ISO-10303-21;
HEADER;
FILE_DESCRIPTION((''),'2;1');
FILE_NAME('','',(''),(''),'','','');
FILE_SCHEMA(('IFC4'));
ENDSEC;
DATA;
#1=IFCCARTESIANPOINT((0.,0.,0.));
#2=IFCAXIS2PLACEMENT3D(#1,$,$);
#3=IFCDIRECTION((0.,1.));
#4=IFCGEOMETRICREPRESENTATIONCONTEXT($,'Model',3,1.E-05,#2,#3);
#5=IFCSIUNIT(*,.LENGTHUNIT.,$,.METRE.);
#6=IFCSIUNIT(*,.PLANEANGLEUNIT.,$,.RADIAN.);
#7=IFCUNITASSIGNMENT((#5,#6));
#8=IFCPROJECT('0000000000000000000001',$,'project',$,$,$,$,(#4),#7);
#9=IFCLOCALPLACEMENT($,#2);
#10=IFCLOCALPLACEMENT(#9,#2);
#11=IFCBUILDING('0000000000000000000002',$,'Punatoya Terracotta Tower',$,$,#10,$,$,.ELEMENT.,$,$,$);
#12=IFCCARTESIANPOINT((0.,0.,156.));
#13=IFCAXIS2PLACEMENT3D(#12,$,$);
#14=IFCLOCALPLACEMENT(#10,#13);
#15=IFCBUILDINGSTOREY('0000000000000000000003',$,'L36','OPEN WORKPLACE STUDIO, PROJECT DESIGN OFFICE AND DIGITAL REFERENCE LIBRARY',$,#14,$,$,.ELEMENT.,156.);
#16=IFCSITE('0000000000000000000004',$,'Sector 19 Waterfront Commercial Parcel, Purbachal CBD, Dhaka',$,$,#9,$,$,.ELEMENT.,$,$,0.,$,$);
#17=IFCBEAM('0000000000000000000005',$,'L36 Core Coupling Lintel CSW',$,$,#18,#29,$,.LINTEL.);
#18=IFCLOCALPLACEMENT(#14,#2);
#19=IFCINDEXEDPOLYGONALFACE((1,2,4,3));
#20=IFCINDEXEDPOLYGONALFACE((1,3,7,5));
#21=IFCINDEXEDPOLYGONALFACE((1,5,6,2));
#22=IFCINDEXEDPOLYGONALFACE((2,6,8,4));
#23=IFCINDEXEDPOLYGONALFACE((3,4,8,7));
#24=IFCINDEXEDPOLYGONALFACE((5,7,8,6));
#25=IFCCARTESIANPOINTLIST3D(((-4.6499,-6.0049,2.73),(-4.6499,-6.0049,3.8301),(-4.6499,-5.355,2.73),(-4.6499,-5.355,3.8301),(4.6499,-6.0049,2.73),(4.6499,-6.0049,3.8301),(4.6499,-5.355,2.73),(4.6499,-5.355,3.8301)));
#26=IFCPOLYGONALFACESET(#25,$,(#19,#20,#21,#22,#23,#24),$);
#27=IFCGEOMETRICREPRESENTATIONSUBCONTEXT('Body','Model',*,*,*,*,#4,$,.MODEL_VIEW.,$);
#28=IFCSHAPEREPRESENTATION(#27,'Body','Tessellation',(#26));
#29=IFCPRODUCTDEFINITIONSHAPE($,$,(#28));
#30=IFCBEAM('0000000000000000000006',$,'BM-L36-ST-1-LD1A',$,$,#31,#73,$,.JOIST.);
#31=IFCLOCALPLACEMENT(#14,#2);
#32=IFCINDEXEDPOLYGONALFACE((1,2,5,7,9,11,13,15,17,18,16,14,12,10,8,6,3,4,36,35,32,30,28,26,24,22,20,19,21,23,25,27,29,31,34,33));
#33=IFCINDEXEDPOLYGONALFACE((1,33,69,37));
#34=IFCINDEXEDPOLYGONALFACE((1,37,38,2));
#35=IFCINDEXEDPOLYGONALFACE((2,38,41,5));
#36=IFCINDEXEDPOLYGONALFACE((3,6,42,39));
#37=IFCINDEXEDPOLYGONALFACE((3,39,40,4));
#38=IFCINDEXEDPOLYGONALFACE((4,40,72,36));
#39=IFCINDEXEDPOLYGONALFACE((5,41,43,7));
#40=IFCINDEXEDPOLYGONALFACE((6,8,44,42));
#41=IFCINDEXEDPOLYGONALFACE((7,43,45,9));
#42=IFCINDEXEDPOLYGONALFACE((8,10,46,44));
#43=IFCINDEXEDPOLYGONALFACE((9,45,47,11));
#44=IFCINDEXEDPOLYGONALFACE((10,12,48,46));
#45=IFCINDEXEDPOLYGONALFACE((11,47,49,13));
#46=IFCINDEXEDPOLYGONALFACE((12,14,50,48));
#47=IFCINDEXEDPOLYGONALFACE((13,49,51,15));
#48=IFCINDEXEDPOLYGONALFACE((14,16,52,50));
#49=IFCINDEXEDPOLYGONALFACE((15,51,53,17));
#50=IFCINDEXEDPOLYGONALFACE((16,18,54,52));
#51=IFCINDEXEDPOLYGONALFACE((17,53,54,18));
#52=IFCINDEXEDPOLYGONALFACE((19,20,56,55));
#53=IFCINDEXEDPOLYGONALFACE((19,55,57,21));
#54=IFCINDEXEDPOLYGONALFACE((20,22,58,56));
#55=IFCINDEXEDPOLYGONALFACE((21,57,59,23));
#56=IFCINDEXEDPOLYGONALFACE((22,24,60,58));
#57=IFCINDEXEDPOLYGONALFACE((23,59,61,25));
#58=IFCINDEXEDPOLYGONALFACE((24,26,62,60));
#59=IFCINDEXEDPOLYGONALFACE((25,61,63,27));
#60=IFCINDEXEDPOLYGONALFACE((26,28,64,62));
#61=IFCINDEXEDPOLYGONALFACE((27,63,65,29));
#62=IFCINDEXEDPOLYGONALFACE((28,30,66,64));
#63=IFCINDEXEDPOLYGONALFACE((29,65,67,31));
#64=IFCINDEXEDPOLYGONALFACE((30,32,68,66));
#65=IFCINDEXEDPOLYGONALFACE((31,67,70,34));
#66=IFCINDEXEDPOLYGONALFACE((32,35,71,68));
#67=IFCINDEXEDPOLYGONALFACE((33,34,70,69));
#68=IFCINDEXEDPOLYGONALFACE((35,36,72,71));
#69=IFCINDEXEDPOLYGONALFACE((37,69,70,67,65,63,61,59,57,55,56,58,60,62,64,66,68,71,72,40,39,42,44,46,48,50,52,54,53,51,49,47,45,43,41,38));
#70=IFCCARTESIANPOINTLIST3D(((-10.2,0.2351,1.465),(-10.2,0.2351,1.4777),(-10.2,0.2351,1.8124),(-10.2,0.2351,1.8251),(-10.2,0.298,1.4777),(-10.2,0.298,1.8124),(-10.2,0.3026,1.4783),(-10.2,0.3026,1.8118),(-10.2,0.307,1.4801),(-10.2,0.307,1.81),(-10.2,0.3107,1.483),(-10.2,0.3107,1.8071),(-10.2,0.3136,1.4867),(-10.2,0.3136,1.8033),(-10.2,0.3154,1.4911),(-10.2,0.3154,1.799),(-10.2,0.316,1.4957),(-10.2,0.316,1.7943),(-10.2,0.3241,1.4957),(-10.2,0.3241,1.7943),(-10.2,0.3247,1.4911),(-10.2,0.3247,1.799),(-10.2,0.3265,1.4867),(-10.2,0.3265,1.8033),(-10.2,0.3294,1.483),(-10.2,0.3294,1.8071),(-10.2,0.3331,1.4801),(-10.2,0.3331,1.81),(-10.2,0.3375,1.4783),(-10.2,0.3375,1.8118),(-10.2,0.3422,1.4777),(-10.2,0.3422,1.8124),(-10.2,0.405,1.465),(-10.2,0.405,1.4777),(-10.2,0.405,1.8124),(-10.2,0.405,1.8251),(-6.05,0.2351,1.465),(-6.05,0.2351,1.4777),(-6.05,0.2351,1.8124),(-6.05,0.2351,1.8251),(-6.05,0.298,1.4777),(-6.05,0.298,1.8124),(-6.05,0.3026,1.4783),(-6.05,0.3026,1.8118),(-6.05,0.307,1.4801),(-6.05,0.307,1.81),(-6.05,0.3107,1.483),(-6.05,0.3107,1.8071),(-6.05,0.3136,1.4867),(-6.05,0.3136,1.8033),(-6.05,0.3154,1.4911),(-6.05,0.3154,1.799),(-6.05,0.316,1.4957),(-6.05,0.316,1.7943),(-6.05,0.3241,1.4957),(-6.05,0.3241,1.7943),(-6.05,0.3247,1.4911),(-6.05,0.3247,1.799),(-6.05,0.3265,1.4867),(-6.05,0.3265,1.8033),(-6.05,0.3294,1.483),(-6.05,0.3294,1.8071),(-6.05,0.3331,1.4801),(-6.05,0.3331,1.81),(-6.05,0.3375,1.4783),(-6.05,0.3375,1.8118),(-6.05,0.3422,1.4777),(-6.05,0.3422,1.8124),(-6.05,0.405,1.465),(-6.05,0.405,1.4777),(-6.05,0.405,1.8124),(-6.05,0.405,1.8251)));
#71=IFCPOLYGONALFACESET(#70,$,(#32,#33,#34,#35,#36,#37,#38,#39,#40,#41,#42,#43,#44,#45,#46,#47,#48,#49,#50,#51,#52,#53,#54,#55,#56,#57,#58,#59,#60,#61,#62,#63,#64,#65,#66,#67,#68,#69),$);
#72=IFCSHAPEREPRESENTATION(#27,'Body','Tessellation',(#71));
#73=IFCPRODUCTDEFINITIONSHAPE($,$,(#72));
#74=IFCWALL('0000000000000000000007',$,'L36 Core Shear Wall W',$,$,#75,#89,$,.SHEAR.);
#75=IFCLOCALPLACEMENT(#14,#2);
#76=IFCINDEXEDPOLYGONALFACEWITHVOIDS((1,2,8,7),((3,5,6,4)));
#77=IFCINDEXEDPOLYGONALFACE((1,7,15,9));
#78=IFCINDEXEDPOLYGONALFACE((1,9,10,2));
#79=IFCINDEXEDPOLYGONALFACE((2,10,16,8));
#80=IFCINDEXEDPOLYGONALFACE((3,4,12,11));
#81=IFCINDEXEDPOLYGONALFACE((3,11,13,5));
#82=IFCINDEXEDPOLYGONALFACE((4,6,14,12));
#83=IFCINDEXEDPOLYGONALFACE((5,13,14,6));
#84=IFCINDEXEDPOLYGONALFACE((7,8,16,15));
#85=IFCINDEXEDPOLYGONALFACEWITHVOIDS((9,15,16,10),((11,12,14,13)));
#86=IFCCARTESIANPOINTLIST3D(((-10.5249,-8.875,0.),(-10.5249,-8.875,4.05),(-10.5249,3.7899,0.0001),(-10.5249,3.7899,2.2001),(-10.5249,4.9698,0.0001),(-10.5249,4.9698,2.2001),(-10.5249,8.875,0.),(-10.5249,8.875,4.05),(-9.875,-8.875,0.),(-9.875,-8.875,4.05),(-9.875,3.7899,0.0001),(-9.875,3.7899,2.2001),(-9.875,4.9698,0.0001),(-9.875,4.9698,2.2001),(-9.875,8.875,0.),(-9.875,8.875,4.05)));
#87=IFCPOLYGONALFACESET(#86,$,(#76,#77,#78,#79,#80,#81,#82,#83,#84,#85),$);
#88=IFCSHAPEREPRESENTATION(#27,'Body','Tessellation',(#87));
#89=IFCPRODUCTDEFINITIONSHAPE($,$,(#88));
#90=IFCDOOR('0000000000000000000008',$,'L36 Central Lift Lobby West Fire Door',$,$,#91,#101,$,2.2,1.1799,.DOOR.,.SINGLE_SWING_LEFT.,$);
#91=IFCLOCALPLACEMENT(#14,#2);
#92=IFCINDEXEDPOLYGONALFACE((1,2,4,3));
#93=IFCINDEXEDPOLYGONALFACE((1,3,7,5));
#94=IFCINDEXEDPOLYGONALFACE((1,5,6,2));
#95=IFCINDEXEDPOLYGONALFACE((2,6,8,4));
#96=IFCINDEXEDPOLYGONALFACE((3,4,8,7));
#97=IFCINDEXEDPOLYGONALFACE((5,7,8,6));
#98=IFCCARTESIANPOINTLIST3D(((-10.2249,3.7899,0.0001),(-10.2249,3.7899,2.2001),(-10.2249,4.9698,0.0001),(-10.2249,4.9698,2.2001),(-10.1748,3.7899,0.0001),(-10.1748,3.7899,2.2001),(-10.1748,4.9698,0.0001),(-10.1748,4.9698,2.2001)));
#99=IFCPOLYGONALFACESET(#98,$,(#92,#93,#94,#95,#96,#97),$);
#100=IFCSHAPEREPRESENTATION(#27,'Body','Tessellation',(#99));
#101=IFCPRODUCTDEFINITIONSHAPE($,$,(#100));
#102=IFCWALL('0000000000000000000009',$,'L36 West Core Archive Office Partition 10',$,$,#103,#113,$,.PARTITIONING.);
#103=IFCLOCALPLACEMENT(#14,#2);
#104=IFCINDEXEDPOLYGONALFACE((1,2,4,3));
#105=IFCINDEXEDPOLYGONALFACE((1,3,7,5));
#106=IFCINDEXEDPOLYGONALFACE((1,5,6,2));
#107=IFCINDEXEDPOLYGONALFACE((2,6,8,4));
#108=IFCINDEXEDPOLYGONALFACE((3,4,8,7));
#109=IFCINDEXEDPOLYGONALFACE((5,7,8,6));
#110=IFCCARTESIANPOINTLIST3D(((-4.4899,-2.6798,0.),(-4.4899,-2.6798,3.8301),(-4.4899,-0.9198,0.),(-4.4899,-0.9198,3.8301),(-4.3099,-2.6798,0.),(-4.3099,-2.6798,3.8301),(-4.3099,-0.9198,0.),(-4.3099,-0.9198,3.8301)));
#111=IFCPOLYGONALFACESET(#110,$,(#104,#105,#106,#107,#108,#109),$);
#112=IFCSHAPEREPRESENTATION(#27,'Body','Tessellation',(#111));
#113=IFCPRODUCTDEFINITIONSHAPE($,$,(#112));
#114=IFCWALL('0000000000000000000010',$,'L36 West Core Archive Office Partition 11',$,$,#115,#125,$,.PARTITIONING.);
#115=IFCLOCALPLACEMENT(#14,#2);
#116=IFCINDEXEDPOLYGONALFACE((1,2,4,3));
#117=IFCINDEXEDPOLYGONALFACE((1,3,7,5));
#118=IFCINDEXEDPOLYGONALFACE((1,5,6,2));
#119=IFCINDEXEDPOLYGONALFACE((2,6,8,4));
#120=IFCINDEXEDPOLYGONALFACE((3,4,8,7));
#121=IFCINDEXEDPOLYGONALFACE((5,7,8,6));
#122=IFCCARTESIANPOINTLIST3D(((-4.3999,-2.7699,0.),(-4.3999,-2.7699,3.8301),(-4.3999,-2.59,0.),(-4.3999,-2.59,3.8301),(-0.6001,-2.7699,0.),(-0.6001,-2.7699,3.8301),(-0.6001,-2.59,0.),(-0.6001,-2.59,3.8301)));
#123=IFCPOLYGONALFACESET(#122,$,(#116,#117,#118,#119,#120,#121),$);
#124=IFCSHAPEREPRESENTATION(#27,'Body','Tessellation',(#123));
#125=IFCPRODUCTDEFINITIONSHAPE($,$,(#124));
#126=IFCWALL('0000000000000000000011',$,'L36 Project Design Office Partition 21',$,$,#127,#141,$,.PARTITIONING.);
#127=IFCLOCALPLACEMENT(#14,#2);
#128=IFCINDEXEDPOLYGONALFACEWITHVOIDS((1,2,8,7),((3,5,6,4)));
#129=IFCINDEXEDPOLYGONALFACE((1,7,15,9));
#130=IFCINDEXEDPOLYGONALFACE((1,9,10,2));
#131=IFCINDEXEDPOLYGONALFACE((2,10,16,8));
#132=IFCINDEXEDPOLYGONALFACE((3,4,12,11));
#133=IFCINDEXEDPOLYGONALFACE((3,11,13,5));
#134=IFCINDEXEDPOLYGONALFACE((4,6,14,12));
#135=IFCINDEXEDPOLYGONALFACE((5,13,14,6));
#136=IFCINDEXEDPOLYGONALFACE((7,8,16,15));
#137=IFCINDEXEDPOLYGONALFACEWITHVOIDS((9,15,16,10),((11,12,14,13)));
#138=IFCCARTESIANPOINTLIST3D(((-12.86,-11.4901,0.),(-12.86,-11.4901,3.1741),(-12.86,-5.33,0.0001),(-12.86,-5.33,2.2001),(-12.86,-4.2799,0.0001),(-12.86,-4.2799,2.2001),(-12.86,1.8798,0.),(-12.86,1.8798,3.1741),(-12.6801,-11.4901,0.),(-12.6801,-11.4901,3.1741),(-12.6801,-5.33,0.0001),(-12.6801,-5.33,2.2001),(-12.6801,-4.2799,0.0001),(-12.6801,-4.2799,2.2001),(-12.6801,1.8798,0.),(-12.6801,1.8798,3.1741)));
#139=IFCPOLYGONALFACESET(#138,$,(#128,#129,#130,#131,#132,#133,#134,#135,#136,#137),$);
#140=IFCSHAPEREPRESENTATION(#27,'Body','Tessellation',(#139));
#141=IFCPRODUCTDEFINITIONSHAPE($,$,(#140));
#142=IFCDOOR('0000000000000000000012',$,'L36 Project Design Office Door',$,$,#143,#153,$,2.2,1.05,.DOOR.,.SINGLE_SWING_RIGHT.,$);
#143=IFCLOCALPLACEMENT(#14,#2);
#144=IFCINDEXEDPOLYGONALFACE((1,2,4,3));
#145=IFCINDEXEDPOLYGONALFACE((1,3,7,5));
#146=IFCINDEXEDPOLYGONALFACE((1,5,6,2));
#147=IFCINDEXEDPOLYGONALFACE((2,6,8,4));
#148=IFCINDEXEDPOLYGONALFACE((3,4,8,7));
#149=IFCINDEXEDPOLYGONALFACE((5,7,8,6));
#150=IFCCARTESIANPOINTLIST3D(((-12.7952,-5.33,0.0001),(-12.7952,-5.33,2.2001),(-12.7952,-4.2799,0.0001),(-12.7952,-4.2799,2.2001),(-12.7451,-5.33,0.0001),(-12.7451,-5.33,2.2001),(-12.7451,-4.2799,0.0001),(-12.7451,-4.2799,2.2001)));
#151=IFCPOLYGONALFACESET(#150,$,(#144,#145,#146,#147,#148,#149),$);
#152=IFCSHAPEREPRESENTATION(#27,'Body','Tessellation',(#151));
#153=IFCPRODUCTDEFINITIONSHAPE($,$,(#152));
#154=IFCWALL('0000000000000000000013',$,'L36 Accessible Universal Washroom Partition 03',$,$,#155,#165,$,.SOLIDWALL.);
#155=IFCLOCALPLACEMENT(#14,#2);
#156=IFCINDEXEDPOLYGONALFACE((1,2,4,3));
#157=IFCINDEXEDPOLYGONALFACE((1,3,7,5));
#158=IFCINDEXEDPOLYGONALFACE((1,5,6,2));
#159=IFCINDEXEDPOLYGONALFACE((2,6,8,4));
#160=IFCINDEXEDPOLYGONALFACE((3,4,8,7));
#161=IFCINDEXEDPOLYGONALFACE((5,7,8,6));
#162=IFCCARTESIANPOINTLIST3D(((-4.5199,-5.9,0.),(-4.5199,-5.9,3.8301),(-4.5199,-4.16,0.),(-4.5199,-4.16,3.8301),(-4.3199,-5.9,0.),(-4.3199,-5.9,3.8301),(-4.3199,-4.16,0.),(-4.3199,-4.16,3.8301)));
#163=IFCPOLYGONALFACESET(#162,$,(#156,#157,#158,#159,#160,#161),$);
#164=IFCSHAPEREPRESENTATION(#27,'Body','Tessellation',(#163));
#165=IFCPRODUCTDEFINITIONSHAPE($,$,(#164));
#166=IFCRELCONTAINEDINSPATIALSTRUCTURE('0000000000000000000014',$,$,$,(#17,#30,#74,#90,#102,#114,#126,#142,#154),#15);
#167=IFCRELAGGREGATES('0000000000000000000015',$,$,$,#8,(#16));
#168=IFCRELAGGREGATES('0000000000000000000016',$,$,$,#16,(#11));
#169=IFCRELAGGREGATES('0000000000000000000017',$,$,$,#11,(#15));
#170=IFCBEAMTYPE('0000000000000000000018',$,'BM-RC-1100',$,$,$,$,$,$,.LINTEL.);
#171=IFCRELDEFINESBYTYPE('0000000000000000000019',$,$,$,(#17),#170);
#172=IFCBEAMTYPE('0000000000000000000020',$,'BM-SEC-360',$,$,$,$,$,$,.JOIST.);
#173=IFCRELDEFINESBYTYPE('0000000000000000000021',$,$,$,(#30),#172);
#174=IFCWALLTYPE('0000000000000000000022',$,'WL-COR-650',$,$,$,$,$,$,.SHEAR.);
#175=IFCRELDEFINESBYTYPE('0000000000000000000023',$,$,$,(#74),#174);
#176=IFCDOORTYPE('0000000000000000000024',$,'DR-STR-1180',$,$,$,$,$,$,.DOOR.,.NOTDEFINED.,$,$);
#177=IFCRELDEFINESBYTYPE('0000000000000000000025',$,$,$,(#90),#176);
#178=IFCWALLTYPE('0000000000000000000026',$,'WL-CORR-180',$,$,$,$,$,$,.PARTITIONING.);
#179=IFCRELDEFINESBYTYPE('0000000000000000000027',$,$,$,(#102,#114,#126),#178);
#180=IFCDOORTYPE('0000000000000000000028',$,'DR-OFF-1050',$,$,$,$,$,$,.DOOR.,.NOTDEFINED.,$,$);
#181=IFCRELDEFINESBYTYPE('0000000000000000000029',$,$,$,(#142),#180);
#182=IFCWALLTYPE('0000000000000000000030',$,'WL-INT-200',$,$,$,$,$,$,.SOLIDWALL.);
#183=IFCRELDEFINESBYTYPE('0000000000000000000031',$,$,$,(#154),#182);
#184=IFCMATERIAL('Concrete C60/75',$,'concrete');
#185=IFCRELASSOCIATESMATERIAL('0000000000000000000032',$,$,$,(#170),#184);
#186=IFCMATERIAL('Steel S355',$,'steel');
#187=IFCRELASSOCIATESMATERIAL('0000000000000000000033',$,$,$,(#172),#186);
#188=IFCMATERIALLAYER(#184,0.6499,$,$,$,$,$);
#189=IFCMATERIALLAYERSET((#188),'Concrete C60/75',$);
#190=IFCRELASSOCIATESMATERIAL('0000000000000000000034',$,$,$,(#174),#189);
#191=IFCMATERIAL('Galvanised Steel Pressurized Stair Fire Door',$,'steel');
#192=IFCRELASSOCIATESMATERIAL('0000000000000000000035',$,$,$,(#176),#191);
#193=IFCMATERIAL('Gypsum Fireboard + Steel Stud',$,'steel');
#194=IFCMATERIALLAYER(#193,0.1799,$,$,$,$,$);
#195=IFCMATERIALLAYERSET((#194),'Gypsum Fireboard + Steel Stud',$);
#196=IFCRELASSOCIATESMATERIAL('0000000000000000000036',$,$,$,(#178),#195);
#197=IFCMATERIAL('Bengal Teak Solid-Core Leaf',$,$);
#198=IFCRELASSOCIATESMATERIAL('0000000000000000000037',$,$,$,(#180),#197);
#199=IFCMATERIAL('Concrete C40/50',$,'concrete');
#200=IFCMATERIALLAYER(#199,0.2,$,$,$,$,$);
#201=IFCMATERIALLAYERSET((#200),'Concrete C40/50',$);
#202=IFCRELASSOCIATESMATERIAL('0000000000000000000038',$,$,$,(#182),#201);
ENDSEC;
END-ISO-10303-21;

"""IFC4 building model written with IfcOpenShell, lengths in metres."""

from ifc_helpers import new_model, si_unit, direction, frame, frame_2d, origin, origin_2d, place, context, subcontext, project, spatial, rectangle, i_section, extrude, material, layer, layer_set, material_profile, profile_set, type_object, element, fill, save


model = new_model("IFC4")

# Units and contexts
model_context = context("Model", 3, precision=1e-05, world=origin(), true_north=direction((0.0, 1.0)))
body_context = subcontext(model_context, "Body", "Model", "MODEL_VIEW")
ifc_project = project(units=[si_unit("LENGTHUNIT", "METRE"), si_unit("PLANEANGLEUNIT", "RADIAN")], contexts=[model_context])

# Site, building, storey
site_placement = place(None, origin())
site = spatial("IfcSite", under=ifc_project, at=site_placement, Name="Sector 19 Waterfront Commercial Parcel, Purbachal CBD, Dhaka", CompositionType="ELEMENT", RefElevation=0.0)
building_placement = place(site_placement, origin())
building = spatial("IfcBuilding", under=site, at=building_placement, Name="Punatoya Terracotta Tower", CompositionType="ELEMENT")
storey_placement = place(building_placement, frame((0.0, 0.0, 156.0)))
storey = spatial("IfcBuildingStorey", under=building, at=storey_placement, Name="L36", Description="OPEN WORKPLACE STUDIO, PROJECT DESIGN OFFICE AND DIGITAL REFERENCE LIBRARY", CompositionType="ELEMENT", Elevation=156.0)

# Beams
ifc_material_1 = material(Name="Concrete C60/75", Category="concrete")
ifc_material_profile_1 = material_profile(ifc_material_1, rectangle(XDim=0.6499, YDim=1.1001, at=origin_2d()))
ifc_profile_set_1 = profile_set([ifc_material_profile_1], Name="Concrete C60/75")
beam_type_1 = type_object("IfcBeamType", Name="BM-RC-1100", PredefinedType="LINTEL", material=ifc_profile_set_1)
beam_1_placement = place(storey_placement, frame((-4.6499, -5.6799, 3.28), z_axis=(1.0, 0.0, 0.0), x_axis=(0.0, 1.0, 0.0)))
element("IfcBeam", 1, at=beam_1_placement, inside=storey, type_object=beam_type_1, Name="L36 Core Coupling Lintel CSW", PredefinedType="LINTEL", context=body_context, shape_type="SweptSolid", body=[
    extrude(rectangle(XDim=0.6499, YDim=1.1001, at=origin_2d()), origin(), (0.0, 0.0, 1.0), 9.2998),
])
ifc_material_2 = material(Name="Steel S355", Category="steel")
ifc_material_profile_2 = material_profile(ifc_material_2, i_section(OverallWidth=0.1699, OverallDepth=0.3601, WebThickness=0.0081, FlangeThickness=0.0127, FilletRadius=0.0181, at=origin_2d()))
ifc_profile_set_2 = profile_set([ifc_material_profile_2], Name="Steel S355")
beam_type_2 = type_object("IfcBeamType", Name="BM-SEC-360", PredefinedType="JOIST", material=ifc_profile_set_2)
beam_2_placement = place(storey_placement, frame((-10.2, 0.3201, 1.645), z_axis=(1.0, 0.0, 0.0), x_axis=(0.0, 1.0, 0.0)))
element("IfcBeam", 2, at=beam_2_placement, inside=storey, type_object=beam_type_2, Name="BM-L36-ST-1-LD1A", PredefinedType="JOIST", context=body_context, shape_type="SweptSolid", body=[
    extrude(i_section(OverallWidth=0.1699, OverallDepth=0.3601, WebThickness=0.0081, FlangeThickness=0.0127, FilletRadius=0.0181, at=origin_2d()), origin(), (0.0, 0.0, 1.0), 4.1499),
])

# Wall, opening, door
ifc_layer_1 = layer(ifc_material_1, 0.6499)
ifc_layer_set_1 = layer_set([ifc_layer_1], Name="Concrete C60/75")
wall_type_1 = type_object("IfcWallType", Name="WL-COR-650", PredefinedType="SHEAR", material=ifc_layer_set_1)
wall_1_placement = place(storey_placement, frame((-10.2, -8.875, 0.0), z_axis=(0.0, 0.0, 1.0), x_axis=(0.0, 1.0, 0.0)))
wall_1 = element("IfcWall", 3, at=wall_1_placement, inside=storey, type_object=wall_type_1, Name="L36 Core Shear Wall W", PredefinedType="SHEAR", context=body_context, shape_type="SweptSolid", body=[
    extrude(rectangle(XDim=17.75, YDim=0.6499, at=frame_2d((8.875, 0.0))), origin(), (0.0, 0.0, 1.0), 4.05),
])
opening_1_placement = place(wall_1_placement, frame((12.665, 0.0, 0.0)))
opening_1 = element("IfcOpeningElement", 4, at=opening_1_placement, cuts=wall_1, PredefinedType="OPENING", context=body_context, shape_type="SweptSolid", body=[
    extrude(rectangle(XDim=1.1799, YDim=2.2, at=frame_2d((0.5898, 1.1001))), frame((0.0, 0.335, 0.0), z_axis=(0.0, -1.0, 0.0), x_axis=(1.0, 0.0, 0.0)), (0.0, 0.0, 1.0), 0.6699),
])
ifc_material_3 = material(Name="Galvanised Steel Pressurized Stair Fire Door", Category="steel")
door_type_1 = type_object("IfcDoorType", Name="DR-STR-1180", OperationType="NOTDEFINED", PredefinedType="DOOR", material=ifc_material_3)
door_1_placement = place(opening_1_placement, origin())
door_1 = element("IfcDoor", 5, at=door_1_placement, inside=storey, type_object=door_type_1, Name="L36 Central Lift Lobby West Fire Door", OperationType="SINGLE_SWING_LEFT", OverallHeight=2.2, OverallWidth=1.1799, PredefinedType="DOOR", context=body_context, shape_type="SweptSolid", body=[
    extrude(rectangle(XDim=1.1799, YDim=2.2, at=frame_2d((0.5898, 1.1001))), frame((0.0, 0.0249, 0.0), z_axis=(0.0, -1.0, 0.0), x_axis=(1.0, 0.0, 0.0)), (0.0, 0.0, 1.0), 0.05),
])
fill(opening_1, door_1)

# Walls
ifc_material_4 = material(Name="Gypsum Fireboard + Steel Stud", Category="steel")
ifc_layer_2 = layer(ifc_material_4, 0.1799)
ifc_layer_set_2 = layer_set([ifc_layer_2], Name="Gypsum Fireboard + Steel Stud")
wall_type_2 = type_object("IfcWallType", Name="WL-CORR-180", PredefinedType="PARTITIONING", material=ifc_layer_set_2)
wall_2_placement = place(storey_placement, frame((-4.3999, -0.9199, 0.0), z_axis=(0.0, 0.0, 1.0), x_axis=(0.0, -1.0, 0.0)))
element("IfcWall", 6, at=wall_2_placement, inside=storey, type_object=wall_type_2, Name="L36 West Core Archive Office Partition 10", PredefinedType="PARTITIONING", context=body_context, shape_type="SweptSolid", body=[
    extrude(rectangle(XDim=1.76, YDim=0.1799, at=frame_2d((0.8799, 0.0))), origin(), (0.0, 0.0, 1.0), 3.8301),
])
wall_3_placement = place(storey_placement, frame((-4.3999, -2.6799, 0.0), z_axis=(0.0, 0.0, 1.0), x_axis=(1.0, 0.0, 0.0)))
element("IfcWall", 7, at=wall_3_placement, inside=storey, type_object=wall_type_2, Name="L36 West Core Archive Office Partition 11", PredefinedType="PARTITIONING", context=body_context, shape_type="SweptSolid", body=[
    extrude(rectangle(XDim=3.7998, YDim=0.1799, at=frame_2d((1.8999, 0.0))), origin(), (0.0, 0.0, 1.0), 3.8301),
])

# Wall, opening, door
wall_4_placement = place(storey_placement, frame((-12.77, 1.8799, 0.0), z_axis=(0.0, 0.0, 1.0), x_axis=(0.0, -1.0, 0.0)))
wall_4 = element("IfcWall", 8, at=wall_4_placement, inside=storey, type_object=wall_type_2, Name="L36 Project Design Office Partition 21", PredefinedType="PARTITIONING", context=body_context, shape_type="SweptSolid", body=[
    extrude(rectangle(XDim=13.3699, YDim=0.1799, at=frame_2d((6.6851, 0.0))), origin(), (0.0, 0.0, 1.0), 3.1741),
])
opening_2_placement = place(wall_4_placement, frame((6.1599, 0.0, 0.0)))
opening_2 = element("IfcOpeningElement", 9, at=opening_2_placement, cuts=wall_4, PredefinedType="OPENING", context=body_context, shape_type="SweptSolid", body=[
    extrude(rectangle(XDim=1.05, YDim=2.2, at=frame_2d((0.5249, 1.1001))), frame((0.0, 0.0999, 0.0), z_axis=(0.0, -1.0, 0.0), x_axis=(1.0, 0.0, 0.0)), (0.0, 0.0, 1.0), 0.2),
])
ifc_material_5 = material(Name="Bengal Teak Solid-Core Leaf")
door_type_2 = type_object("IfcDoorType", Name="DR-OFF-1050", OperationType="NOTDEFINED", PredefinedType="DOOR", material=ifc_material_5)
door_2_placement = place(opening_2_placement, origin())
door_2 = element("IfcDoor", 10, at=door_2_placement, inside=storey, type_object=door_type_2, Name="L36 Project Design Office Door", OperationType="SINGLE_SWING_RIGHT", OverallHeight=2.2, OverallWidth=1.05, PredefinedType="DOOR", context=body_context, shape_type="SweptSolid", body=[
    extrude(rectangle(XDim=1.05, YDim=2.2, at=frame_2d((0.5249, 1.1001))), frame((0.0, 0.0249, 0.0), z_axis=(0.0, -1.0, 0.0), x_axis=(1.0, 0.0, 0.0)), (0.0, 0.0, 1.0), 0.05),
])
fill(opening_2, door_2)

# Wall
ifc_material_6 = material(Name="Concrete C40/50", Category="concrete")
ifc_layer_3 = layer(ifc_material_6, 0.2)
ifc_layer_set_3 = layer_set([ifc_layer_3], Name="Concrete C40/50")
wall_type_3 = type_object("IfcWallType", Name="WL-INT-200", PredefinedType="SOLIDWALL", material=ifc_layer_set_3)
wall_5_placement = place(storey_placement, frame((-4.4199, -4.1599, 0.0), z_axis=(0.0, 0.0, 1.0), x_axis=(0.0, -1.0, 0.0)))
element("IfcWall", 11, at=wall_5_placement, inside=storey, type_object=wall_type_3, Name="L36 Accessible Universal Washroom Partition 03", PredefinedType="SOLIDWALL", context=body_context, shape_type="SweptSolid", body=[
    extrude(rectangle(XDim=1.74, YDim=0.2, at=frame_2d((0.8701, 0.0))), origin(), (0.0, 0.0, 1.0), 3.8301),
])

save(model, "model.ifc")
